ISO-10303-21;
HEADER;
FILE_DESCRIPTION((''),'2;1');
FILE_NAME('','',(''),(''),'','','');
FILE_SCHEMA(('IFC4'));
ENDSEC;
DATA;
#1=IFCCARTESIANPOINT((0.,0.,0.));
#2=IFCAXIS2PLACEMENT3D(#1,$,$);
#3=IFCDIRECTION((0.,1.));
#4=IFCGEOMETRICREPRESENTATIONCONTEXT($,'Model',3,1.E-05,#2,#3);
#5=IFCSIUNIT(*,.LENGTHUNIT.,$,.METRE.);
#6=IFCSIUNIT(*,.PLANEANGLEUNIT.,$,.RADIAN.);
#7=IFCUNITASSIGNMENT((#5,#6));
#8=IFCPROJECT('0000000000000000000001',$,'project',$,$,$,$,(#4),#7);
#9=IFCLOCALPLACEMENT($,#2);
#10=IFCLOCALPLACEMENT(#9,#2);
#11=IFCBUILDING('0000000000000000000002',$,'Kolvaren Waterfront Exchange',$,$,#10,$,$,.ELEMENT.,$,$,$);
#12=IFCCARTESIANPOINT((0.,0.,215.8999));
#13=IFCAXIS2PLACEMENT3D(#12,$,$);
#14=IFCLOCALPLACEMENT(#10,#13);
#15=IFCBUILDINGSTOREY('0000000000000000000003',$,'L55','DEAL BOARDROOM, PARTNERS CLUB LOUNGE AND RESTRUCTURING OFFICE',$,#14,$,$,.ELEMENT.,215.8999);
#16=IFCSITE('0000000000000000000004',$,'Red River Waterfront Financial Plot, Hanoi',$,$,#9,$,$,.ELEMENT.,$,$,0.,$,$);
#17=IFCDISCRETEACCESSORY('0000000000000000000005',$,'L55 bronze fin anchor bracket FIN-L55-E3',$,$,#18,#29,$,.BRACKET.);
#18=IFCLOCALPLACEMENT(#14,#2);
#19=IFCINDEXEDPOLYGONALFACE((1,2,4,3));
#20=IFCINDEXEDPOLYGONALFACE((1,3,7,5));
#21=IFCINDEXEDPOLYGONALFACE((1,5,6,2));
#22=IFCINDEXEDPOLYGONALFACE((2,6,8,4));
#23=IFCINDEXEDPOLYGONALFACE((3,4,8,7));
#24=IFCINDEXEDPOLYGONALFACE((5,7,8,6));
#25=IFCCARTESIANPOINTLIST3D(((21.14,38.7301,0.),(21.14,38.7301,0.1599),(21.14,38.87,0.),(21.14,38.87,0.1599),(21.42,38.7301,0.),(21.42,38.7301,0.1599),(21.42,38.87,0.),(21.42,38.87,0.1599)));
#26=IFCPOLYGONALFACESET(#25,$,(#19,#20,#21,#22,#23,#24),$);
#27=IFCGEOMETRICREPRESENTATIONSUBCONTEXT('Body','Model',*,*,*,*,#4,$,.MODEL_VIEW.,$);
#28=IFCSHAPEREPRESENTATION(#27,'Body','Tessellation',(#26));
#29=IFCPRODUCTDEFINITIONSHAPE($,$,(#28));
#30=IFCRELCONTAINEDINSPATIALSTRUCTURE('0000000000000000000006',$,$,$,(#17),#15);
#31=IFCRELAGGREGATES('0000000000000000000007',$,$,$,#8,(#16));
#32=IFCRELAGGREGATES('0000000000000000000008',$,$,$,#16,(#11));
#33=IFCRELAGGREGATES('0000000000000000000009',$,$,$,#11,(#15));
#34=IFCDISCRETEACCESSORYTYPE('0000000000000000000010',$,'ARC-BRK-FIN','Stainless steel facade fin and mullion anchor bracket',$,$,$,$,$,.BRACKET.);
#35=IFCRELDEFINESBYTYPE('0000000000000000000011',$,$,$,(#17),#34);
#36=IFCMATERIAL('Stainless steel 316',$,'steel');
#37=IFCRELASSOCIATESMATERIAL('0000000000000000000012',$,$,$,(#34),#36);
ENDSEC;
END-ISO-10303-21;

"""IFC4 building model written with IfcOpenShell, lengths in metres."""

from ifc_helpers import new_model, si_unit, direction, frame, origin, origin_with_axes, origin_2d, place, context, subcontext, project, spatial, rectangle, extrude, source, transform, mapped, material, type_object, element, save


model = new_model("IFC4")

# Units and contexts
model_context = context("Model", 3, precision=1e-05, world=origin(), true_north=direction((0.0, 1.0)))
body_context = subcontext(model_context, "Body", "Model", "MODEL_VIEW")
ifc_project = project(units=[si_unit("LENGTHUNIT", "METRE"), si_unit("PLANEANGLEUNIT", "RADIAN")], contexts=[model_context])

# Site, building, storey
site_placement = place(None, origin())
site = spatial("IfcSite", under=ifc_project, at=site_placement, Name="Red River Waterfront Financial Plot, Hanoi", CompositionType="ELEMENT", RefElevation=0.0)
building_placement = place(site_placement, origin())
building = spatial("IfcBuilding", under=site, at=building_placement, Name="Kolvaren Waterfront Exchange", CompositionType="ELEMENT")
storey_placement = place(building_placement, frame((0.0, 0.0, 215.8999)))
storey = spatial("IfcBuildingStorey", under=building, at=storey_placement, Name="L55", Description="DEAL BOARDROOM, PARTNERS CLUB LOUNGE AND RESTRUCTURING OFFICE", CompositionType="ELEMENT", Elevation=215.8999)

# Shared definitions
ifc_material_1 = material(Name="Stainless steel 316", Category="steel")

# Discrete accessory
discrete_accessory_type = type_object("IfcDiscreteAccessoryType", Name="ARC-BRK-FIN", Description="Stainless steel facade fin and mullion anchor bracket", PredefinedType="BRACKET", material=ifc_material_1)
shared_shape_1 = source(origin_with_axes(), body_context, "Body", "SweptSolid", [
    extrude(rectangle(XDim=0.28, YDim=0.1399, at=origin_2d()), origin(), (0.0, 0.0, 1.0), 0.1599),
])
for number, where, z_axis, x_axis, name in (
    (1, (21.28, 38.8, 0.0), (0.0, 0.0, 1.0), (1.0, 0.0, 0.0), "L55 bronze fin anchor bracket FIN-L55-E3"),
):
    element("IfcDiscreteAccessory", number, at=place(storey_placement, frame(where, z_axis=z_axis, x_axis=x_axis)), inside=storey, type_object=discrete_accessory_type, Name=name, PredefinedType="BRACKET", context=body_context, shape_type="MappedRepresentation", body=[
        mapped(shared_shape_1, transform((0.0, 0.0, 0.0), x_axis=(1.0, 0.0, 0.0), y_axis=(0.0, 1.0, 0.0), z_axis=(0.0, 0.0, 1.0), scale=1.0)),
    ])

save(model, "model.ifc")
